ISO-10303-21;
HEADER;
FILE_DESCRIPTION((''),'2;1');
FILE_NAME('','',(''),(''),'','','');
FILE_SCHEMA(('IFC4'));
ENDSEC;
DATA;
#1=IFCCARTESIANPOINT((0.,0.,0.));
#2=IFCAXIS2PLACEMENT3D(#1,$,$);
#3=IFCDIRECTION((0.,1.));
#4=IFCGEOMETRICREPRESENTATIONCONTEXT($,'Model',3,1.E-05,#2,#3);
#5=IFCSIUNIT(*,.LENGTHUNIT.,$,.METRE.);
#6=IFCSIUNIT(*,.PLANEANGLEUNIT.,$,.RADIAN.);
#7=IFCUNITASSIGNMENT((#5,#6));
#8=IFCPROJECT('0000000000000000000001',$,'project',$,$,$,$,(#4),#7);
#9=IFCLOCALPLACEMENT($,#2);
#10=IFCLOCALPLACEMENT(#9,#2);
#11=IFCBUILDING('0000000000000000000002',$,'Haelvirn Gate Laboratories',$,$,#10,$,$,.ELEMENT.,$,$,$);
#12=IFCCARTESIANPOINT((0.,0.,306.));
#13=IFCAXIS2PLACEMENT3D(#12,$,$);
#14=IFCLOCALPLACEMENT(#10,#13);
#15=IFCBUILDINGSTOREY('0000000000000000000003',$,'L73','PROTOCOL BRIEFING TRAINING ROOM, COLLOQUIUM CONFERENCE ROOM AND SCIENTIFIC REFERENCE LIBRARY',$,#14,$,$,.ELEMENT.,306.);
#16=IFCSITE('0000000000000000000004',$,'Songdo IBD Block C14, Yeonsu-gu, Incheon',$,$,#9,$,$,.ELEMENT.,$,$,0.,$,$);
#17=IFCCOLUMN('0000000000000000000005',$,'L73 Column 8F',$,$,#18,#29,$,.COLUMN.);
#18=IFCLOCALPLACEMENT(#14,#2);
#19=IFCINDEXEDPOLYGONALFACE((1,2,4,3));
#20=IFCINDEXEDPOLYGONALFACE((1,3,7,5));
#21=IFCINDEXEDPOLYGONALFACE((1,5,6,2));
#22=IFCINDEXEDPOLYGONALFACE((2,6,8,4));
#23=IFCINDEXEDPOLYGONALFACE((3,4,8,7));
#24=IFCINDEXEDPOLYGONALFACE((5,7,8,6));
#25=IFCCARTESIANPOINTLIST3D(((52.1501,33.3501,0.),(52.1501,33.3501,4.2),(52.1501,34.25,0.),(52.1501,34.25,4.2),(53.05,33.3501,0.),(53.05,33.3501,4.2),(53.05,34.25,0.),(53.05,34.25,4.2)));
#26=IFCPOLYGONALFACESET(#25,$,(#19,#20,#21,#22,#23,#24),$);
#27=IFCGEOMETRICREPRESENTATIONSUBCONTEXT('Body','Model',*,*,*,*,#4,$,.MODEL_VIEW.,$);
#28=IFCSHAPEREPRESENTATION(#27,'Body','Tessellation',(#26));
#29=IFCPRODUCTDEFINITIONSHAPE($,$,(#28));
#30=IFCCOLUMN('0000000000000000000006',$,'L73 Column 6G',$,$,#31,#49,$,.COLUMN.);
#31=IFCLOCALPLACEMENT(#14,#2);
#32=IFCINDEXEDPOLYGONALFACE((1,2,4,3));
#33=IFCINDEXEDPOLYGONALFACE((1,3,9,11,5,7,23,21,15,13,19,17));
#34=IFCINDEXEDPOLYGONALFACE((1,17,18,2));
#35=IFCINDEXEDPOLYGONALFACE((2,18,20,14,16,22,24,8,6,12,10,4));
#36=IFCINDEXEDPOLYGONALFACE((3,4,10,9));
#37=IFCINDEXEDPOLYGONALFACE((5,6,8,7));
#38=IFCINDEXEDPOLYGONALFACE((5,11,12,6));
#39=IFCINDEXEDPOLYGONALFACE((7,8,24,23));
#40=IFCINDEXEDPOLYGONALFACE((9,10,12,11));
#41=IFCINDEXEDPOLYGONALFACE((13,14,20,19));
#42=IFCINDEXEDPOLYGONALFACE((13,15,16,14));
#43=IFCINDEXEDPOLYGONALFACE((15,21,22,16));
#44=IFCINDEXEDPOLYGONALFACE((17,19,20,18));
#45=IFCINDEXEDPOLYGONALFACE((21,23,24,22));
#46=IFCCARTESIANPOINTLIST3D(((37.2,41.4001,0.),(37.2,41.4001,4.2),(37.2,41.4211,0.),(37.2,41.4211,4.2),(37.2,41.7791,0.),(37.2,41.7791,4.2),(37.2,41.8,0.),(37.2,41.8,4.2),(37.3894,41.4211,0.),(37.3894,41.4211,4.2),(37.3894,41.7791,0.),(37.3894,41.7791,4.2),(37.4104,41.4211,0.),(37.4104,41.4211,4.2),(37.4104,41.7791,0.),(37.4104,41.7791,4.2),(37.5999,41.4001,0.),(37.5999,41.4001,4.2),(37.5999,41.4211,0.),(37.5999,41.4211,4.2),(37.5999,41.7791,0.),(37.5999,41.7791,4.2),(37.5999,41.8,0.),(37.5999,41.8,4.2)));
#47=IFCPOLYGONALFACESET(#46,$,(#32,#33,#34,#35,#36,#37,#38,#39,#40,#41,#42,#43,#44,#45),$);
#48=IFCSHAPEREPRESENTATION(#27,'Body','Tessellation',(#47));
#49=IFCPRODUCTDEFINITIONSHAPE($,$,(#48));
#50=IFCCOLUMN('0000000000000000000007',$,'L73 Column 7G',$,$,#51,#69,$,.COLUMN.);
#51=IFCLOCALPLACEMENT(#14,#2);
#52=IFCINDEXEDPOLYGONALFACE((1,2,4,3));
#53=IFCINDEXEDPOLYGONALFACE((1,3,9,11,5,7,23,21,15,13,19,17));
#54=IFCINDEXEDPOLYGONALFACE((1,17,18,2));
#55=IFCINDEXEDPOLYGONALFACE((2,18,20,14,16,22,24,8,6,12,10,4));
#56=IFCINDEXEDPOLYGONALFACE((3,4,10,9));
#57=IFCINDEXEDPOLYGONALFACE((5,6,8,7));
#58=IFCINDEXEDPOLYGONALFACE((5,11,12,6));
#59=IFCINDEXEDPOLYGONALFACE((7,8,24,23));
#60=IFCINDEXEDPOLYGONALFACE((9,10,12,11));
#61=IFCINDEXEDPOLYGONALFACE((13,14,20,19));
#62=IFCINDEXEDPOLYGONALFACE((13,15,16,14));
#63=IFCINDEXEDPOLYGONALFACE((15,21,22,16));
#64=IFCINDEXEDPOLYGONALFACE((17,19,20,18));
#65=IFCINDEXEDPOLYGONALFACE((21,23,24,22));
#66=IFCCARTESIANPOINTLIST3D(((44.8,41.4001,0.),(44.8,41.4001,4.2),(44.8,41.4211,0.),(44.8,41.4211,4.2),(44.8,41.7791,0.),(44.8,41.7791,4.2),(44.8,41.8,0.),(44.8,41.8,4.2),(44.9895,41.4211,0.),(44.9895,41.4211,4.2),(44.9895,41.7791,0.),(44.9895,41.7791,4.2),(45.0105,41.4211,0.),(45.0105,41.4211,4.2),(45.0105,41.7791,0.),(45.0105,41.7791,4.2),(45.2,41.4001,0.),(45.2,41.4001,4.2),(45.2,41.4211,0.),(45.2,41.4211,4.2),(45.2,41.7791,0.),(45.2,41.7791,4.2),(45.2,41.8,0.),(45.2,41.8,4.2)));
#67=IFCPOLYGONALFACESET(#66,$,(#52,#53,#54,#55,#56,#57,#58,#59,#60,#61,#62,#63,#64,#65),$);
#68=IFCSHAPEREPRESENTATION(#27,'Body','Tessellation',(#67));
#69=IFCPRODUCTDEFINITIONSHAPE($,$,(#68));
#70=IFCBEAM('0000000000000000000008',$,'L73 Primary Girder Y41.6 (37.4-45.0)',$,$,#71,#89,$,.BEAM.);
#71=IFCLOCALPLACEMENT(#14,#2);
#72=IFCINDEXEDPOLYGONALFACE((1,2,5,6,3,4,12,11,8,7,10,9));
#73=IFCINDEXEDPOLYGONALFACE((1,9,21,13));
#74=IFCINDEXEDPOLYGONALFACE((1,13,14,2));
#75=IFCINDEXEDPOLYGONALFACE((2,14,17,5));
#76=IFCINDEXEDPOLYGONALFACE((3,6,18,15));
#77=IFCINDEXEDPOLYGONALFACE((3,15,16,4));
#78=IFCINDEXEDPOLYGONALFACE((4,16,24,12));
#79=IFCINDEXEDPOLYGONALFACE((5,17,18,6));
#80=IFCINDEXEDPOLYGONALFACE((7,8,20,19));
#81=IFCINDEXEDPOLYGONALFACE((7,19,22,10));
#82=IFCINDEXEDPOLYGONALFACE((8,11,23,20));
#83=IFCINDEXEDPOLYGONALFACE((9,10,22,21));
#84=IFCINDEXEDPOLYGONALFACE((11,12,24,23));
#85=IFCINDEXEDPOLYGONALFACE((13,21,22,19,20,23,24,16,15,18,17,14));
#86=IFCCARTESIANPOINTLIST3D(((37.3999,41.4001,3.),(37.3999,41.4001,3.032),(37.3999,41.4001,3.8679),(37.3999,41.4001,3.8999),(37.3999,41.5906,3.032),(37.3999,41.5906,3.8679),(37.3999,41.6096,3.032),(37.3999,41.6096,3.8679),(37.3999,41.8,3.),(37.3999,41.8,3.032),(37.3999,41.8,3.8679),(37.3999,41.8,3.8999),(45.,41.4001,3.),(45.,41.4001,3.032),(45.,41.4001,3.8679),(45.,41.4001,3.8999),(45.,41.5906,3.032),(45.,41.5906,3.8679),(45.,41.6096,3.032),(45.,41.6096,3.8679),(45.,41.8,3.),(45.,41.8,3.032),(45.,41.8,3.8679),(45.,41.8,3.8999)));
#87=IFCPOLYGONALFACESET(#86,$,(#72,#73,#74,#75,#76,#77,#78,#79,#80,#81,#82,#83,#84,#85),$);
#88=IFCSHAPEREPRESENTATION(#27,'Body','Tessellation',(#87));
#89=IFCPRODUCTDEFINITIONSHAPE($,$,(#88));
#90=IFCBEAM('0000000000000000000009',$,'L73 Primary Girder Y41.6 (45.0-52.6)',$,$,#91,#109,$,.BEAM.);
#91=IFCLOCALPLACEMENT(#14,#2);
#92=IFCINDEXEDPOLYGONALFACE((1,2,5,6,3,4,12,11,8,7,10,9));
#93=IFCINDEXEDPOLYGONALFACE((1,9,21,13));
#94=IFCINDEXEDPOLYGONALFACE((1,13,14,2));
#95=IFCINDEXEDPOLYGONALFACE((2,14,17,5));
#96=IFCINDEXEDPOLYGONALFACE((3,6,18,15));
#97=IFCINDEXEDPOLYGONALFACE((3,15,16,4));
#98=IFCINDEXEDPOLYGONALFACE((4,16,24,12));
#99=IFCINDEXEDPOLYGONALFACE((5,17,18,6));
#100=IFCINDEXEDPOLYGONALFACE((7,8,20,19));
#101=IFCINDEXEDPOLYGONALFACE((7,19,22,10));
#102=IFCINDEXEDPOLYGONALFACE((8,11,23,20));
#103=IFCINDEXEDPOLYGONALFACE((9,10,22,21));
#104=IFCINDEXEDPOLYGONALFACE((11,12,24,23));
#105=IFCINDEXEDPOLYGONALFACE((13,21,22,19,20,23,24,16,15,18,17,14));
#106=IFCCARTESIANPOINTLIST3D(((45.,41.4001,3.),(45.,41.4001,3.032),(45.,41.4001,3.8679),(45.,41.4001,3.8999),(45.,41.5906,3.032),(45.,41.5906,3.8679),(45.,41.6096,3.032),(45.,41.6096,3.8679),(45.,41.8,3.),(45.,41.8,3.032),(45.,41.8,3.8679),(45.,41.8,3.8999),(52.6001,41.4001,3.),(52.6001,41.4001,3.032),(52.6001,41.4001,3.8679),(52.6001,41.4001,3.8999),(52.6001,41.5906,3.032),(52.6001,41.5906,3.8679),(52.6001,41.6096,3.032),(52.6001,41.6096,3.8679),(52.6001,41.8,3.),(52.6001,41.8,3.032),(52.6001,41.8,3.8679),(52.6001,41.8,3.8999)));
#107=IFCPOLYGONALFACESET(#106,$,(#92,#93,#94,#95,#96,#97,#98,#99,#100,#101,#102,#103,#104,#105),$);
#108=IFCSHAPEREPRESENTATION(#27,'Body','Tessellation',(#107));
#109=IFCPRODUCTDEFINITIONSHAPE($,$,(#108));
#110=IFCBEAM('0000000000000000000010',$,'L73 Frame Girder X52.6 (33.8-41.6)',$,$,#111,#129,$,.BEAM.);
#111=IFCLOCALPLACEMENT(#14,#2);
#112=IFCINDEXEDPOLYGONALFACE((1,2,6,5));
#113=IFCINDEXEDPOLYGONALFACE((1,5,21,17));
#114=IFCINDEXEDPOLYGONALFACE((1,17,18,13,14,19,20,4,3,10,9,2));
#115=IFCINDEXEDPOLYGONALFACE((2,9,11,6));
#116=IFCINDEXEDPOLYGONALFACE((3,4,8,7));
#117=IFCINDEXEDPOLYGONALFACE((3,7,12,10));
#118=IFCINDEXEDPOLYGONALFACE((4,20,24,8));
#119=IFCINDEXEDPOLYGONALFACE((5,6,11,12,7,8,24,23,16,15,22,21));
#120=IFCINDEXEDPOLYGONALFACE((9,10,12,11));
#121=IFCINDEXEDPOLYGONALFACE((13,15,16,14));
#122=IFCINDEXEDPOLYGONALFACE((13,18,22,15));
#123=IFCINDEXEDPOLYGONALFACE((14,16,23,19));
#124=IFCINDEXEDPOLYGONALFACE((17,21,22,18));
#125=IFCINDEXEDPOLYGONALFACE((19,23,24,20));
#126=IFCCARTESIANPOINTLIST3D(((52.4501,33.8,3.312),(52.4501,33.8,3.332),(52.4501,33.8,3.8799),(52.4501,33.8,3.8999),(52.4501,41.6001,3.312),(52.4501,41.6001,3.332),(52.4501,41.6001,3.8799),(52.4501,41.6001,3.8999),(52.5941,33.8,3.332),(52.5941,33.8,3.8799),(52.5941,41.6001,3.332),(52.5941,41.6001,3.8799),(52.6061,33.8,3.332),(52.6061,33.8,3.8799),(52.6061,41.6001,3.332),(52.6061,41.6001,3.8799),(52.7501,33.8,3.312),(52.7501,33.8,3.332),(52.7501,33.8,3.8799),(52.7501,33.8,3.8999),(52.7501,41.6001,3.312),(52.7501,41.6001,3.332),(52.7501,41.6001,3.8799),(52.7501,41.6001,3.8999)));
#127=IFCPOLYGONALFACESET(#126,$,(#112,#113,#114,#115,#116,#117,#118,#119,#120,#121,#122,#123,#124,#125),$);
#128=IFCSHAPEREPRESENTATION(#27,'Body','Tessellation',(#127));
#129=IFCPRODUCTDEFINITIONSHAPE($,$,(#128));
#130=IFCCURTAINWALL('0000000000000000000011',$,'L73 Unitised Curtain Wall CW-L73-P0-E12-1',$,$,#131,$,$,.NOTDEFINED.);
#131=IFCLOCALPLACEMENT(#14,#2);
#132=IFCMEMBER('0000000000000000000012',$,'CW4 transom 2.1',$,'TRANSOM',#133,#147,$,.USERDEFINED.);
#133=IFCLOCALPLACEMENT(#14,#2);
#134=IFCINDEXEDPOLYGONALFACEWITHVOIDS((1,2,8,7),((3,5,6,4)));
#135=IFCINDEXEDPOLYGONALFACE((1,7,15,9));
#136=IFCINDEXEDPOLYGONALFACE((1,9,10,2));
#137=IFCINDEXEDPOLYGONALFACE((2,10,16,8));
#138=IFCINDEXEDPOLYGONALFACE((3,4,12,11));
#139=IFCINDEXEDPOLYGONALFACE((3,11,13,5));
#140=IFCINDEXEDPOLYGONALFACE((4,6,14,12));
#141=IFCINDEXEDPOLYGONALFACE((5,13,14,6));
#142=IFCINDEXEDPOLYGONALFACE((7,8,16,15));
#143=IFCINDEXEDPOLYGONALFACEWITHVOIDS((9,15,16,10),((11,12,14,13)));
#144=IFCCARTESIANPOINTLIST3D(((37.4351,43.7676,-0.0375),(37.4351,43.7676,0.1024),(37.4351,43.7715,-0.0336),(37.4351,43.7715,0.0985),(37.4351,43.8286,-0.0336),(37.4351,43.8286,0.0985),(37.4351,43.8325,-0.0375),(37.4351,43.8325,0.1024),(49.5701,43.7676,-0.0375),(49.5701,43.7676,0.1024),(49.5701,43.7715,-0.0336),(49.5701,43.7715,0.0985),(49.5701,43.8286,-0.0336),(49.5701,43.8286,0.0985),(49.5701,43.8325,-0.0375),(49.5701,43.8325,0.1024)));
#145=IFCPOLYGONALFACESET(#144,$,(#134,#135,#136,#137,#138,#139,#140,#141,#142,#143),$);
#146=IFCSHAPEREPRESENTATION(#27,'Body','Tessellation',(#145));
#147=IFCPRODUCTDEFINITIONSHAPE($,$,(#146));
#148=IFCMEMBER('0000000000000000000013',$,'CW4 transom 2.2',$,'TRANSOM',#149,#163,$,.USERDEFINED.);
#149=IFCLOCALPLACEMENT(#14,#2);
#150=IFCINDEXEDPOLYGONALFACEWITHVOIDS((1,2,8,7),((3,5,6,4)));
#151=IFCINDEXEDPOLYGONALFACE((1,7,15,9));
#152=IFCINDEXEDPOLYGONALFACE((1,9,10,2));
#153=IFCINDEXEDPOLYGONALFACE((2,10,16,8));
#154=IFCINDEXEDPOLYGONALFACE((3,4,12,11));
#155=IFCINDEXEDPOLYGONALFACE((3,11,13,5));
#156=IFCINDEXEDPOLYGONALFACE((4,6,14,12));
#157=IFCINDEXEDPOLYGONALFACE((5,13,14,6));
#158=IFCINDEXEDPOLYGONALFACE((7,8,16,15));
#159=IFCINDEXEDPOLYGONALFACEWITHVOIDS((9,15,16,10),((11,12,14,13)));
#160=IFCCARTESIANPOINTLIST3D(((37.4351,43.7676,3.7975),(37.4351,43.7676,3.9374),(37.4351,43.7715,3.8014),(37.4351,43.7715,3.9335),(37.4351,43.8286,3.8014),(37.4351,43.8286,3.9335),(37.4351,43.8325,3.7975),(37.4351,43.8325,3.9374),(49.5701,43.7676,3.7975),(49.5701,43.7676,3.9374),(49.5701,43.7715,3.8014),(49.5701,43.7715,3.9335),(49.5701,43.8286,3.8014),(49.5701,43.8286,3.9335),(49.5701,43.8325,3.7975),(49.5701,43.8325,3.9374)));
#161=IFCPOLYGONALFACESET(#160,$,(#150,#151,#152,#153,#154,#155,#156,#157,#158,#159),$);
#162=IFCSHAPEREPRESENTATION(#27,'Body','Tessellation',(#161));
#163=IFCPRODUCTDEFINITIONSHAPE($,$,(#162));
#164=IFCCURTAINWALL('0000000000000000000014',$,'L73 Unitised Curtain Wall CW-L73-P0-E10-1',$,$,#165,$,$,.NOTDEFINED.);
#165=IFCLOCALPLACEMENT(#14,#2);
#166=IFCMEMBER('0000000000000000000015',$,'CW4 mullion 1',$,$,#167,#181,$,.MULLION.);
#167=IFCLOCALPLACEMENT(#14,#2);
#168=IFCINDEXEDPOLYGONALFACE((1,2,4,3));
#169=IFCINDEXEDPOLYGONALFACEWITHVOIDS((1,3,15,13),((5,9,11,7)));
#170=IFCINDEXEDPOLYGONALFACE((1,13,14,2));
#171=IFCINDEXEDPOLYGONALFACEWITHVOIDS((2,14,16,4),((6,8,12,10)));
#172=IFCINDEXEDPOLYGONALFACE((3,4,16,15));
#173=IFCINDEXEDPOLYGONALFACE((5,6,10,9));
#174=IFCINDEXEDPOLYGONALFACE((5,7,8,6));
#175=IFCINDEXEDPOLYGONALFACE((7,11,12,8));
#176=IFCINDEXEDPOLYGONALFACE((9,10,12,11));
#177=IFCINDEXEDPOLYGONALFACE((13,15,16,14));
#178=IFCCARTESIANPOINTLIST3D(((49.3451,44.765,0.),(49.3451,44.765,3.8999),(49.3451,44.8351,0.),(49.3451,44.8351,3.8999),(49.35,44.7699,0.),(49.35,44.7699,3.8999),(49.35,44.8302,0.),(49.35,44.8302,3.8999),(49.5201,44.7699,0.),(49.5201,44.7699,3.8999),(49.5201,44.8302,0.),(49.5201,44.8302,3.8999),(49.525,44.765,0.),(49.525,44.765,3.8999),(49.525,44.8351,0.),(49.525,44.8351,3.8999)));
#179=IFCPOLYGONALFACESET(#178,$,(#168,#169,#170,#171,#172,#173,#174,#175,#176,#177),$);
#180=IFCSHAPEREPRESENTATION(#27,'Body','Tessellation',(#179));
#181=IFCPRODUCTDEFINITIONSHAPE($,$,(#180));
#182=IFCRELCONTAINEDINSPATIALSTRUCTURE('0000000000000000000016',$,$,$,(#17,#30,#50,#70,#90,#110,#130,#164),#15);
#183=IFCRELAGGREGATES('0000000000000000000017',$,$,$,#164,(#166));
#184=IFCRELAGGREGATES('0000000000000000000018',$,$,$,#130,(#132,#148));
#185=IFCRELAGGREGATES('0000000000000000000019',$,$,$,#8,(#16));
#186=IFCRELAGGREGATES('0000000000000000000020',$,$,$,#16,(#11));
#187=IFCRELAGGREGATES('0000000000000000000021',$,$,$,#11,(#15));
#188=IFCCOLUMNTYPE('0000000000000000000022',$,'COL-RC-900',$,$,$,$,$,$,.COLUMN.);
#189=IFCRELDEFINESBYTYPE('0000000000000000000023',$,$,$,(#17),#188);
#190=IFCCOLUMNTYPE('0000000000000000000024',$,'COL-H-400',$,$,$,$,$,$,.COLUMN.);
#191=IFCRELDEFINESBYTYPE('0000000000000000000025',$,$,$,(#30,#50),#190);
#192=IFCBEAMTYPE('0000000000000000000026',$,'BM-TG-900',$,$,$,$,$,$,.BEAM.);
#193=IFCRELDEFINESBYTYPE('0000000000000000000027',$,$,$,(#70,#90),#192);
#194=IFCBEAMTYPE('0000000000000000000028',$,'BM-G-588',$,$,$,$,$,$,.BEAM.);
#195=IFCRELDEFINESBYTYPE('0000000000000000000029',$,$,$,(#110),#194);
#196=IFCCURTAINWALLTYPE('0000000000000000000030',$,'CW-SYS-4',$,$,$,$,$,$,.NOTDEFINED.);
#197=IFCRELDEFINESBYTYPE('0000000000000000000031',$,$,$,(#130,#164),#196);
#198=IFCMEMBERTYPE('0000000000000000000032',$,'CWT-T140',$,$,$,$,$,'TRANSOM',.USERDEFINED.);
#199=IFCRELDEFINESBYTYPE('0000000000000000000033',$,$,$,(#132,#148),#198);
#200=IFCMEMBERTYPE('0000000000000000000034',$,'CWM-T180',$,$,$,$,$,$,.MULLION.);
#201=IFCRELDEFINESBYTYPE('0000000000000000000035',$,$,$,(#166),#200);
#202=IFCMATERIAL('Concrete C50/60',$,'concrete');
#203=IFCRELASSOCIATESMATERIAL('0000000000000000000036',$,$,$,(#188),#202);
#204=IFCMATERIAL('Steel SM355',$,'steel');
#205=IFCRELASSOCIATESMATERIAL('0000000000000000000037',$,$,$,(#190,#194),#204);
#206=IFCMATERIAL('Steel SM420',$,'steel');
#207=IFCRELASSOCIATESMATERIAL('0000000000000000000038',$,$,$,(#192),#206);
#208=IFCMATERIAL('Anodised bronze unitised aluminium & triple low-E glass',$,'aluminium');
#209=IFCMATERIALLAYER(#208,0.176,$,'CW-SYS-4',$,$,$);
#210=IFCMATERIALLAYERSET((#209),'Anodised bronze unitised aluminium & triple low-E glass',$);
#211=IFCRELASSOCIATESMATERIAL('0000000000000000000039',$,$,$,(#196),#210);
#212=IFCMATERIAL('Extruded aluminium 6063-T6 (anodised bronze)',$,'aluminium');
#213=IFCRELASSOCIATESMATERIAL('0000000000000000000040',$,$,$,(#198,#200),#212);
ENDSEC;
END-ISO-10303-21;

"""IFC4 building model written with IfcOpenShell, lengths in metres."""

from ifc_helpers import new_model, si_unit, direction, frame, origin, origin_2d, place, context, subcontext, project, spatial, rectangle, hollow_rectangle, i_section, extrude, source, transform, mapped, material, layer, layer_set, material_profile, profile_set, type_object, type_shapes, element, aggregate, save


model = new_model("IFC4")

# Units and contexts
model_context = context("Model", 3, precision=1e-05, world=origin(), true_north=direction((0.0, 1.0)))
body_context = subcontext(model_context, "Body", "Model", "MODEL_VIEW")
ifc_project = project(units=[si_unit("LENGTHUNIT", "METRE"), si_unit("PLANEANGLEUNIT", "RADIAN")], contexts=[model_context])

# Site, building, storey
site_placement = place(None, origin())
site = spatial("IfcSite", under=ifc_project, at=site_placement, Name="Songdo IBD Block C14, Yeonsu-gu, Incheon", CompositionType="ELEMENT", RefElevation=0.0)
building_placement = place(site_placement, origin())
building = spatial("IfcBuilding", under=site, at=building_placement, Name="Haelvirn Gate Laboratories", CompositionType="ELEMENT")
storey_placement = place(building_placement, frame((0.0, 0.0, 306.0)))
storey = spatial("IfcBuildingStorey", under=building, at=storey_placement, Name="L73", Description="PROTOCOL BRIEFING TRAINING ROOM, COLLOQUIUM CONFERENCE ROOM AND SCIENTIFIC REFERENCE LIBRARY", CompositionType="ELEMENT", Elevation=306.0)

# Columns
ifc_material_1 = material(Name="Concrete C50/60", Category="concrete")
ifc_material_profile_1 = material_profile(ifc_material_1, rectangle(XDim=0.8999, YDim=0.8999, at=origin_2d()), Name="RC-900x900")
ifc_profile_set_1 = profile_set([ifc_material_profile_1], Name="Concrete C50/60")
column_type_1 = type_object("IfcColumnType", Name="COL-RC-900", PredefinedType="COLUMN", material=ifc_profile_set_1)
shared_shape_1 = source(origin(), body_context, "Body", "SweptSolid", [
    extrude(rectangle(XDim=0.8999, YDim=0.8999, at=origin_2d()), origin(), (0.0, 0.0, 1.0), 4.2),
])
type_shapes(column_type_1, [shared_shape_1])
column_placement = place(storey_placement, frame((52.6001, 33.8, 0.0), z_axis=(0.0, 0.0, 1.0), x_axis=(1.0, 0.0, 0.0)))
element("IfcColumn", 1, at=column_placement, inside=storey, type_object=column_type_1, Name="L73 Column 8F", PredefinedType="COLUMN", context=body_context, shape_type="MappedRepresentation", body=[
    mapped(shared_shape_1, transform((0.0, 0.0, 0.0), scale=1.0)),
])
ifc_material_2 = material(Name="Steel SM355", Category="steel")
ifc_material_profile_2 = material_profile(ifc_material_2, i_section(OverallWidth=0.3999, OverallDepth=0.3999, WebThickness=0.021, FlangeThickness=0.021, at=origin_2d()), Name="H-400x400x21x21")
ifc_profile_set_2 = profile_set([ifc_material_profile_2], Name="Steel SM355")
column_type_2 = type_object("IfcColumnType", Name="COL-H-400", PredefinedType="COLUMN", material=ifc_profile_set_2)
shared_shape_2 = source(origin(), body_context, "Body", "SweptSolid", [
    extrude(i_section(OverallWidth=0.3999, OverallDepth=0.3999, WebThickness=0.021, FlangeThickness=0.021, at=origin_2d()), origin(), (0.0, 0.0, 1.0), 4.2),
])
type_shapes(column_type_2, [shared_shape_2])
for number, where, z_axis, x_axis, name in (
    (2, (37.3999, 41.6001, 0.0), (0.0, 0.0, 1.0), (1.0, 0.0, 0.0), "L73 Column 6G"),
    (3, (45.0, 41.6001, 0.0), (0.0, 0.0, 1.0), (1.0, 0.0, 0.0), "L73 Column 7G"),
):
    element("IfcColumn", number, at=place(storey_placement, frame(where, z_axis=z_axis, x_axis=x_axis)), inside=storey, type_object=column_type_2, Name=name, PredefinedType="COLUMN", context=body_context, shape_type="MappedRepresentation", body=[
        mapped(shared_shape_2, transform((0.0, 0.0, 0.0), scale=1.0)),
    ])

# Beams
ifc_material_3 = material(Name="Steel SM420", Category="steel")
ifc_material_profile_3 = material_profile(ifc_material_3, i_section(OverallWidth=0.3999, OverallDepth=0.8999, WebThickness=0.019, FlangeThickness=0.032, at=origin_2d()), Name="H-900x400x19x32")
ifc_profile_set_3 = profile_set([ifc_material_profile_3], Name="Steel SM420")
beam_type_1 = type_object("IfcBeamType", Name="BM-TG-900", PredefinedType="BEAM", material=ifc_profile_set_3)
shared_shape_3 = source(origin(), body_context, "Body", "SweptSolid", [
    extrude(i_section(OverallWidth=0.3999, OverallDepth=0.8999, WebThickness=0.019, FlangeThickness=0.032, at=origin_2d()), origin(), (0.0, 0.0, 1.0), 7.6001),
])
type_shapes(beam_type_1, [shared_shape_3])
for number, where, z_axis, x_axis, name in (
    (4, (37.3999, 41.6001, 3.45), (1.0, 0.0, 0.0), (0.0, 1.0, 0.0), "L73 Primary Girder Y41.6 (37.4-45.0)"),
    (5, (45.0, 41.6001, 3.45), (1.0, 0.0, 0.0), (0.0, 1.0, 0.0), "L73 Primary Girder Y41.6 (45.0-52.6)"),
):
    element("IfcBeam", number, at=place(storey_placement, frame(where, z_axis=z_axis, x_axis=x_axis)), inside=storey, type_object=beam_type_1, Name=name, PredefinedType="BEAM", context=body_context, shape_type="MappedRepresentation", body=[
        mapped(shared_shape_3, transform((0.0, 0.0, 0.0), scale=1.0)),
    ])
ifc_material_profile_4 = material_profile(ifc_material_2, i_section(OverallWidth=0.3, OverallDepth=0.5879, WebThickness=0.012, FlangeThickness=0.02, at=origin_2d()), Name="H-588x300x12x20")
ifc_profile_set_4 = profile_set([ifc_material_profile_4], Name="Steel SM355")
beam_type_2 = type_object("IfcBeamType", Name="BM-G-588", PredefinedType="BEAM", material=ifc_profile_set_4)
shared_shape_4 = source(origin(), body_context, "Body", "SweptSolid", [
    extrude(i_section(OverallWidth=0.3, OverallDepth=0.5879, WebThickness=0.012, FlangeThickness=0.02, at=origin_2d()), origin(), (0.0, 0.0, 1.0), 7.8),
])
type_shapes(beam_type_2, [shared_shape_4])
beam_placement = place(storey_placement, frame((52.6001, 33.8, 3.606), z_axis=(0.0, 1.0, 0.0), x_axis=(-1.0, 0.0, 0.0)))
element("IfcBeam", 6, at=beam_placement, inside=storey, type_object=beam_type_2, Name="L73 Frame Girder X52.6 (33.8-41.6)", PredefinedType="BEAM", context=body_context, shape_type="MappedRepresentation", body=[
    mapped(shared_shape_4, transform((0.0, 0.0, 0.0), scale=1.0)),
])

# Curtain wall, members
ifc_material_4 = material(Name="Anodised bronze unitised aluminium & triple low-E glass", Category="aluminium")
ifc_layer_1 = layer(ifc_material_4, 0.176, Name="CW-SYS-4")
ifc_layer_set_1 = layer_set([ifc_layer_1], Name="Anodised bronze unitised aluminium & triple low-E glass")
curtain_wall_type = type_object("IfcCurtainWallType", Name="CW-SYS-4", PredefinedType="NOTDEFINED", material=ifc_layer_set_1)
curtain_wall_1_placement = place(storey_placement, origin())
curtain_wall_1 = element("IfcCurtainWall", 7, at=curtain_wall_1_placement, inside=storey, type_object=curtain_wall_type, Name="L73 Unitised Curtain Wall CW-L73-P0-E12-1", PredefinedType="NOTDEFINED")
ifc_material_5 = material(Name="Extruded aluminium 6063-T6 (anodised bronze)", Category="aluminium")
ifc_material_profile_5 = material_profile(ifc_material_5, hollow_rectangle(XDim=0.0649, YDim=0.1399, WallThickness=0.0039, at=origin_2d()), Name="CWT-140x65x4")
ifc_profile_set_5 = profile_set([ifc_material_profile_5], Name="Extruded aluminium 6063-T6 (anodised bronze)")
member_type_1 = type_object("IfcMemberType", Name="CWT-T140", ElementType="TRANSOM", PredefinedType="USERDEFINED", material=ifc_profile_set_5)
shared_shape_5 = source(origin(), body_context, "Body", "SweptSolid", [
    extrude(hollow_rectangle(XDim=0.0649, YDim=0.1399, WallThickness=0.0039, at=origin_2d()), origin(), (0.0, 0.0, 1.0), 12.135),
])
member_1_placement = place(storey_placement, frame((37.4351, 43.8, 0.0325), z_axis=(1.0, 0.0, 0.0), x_axis=(0.0, 1.0, 0.0)))
member_1 = element("IfcMember", 8, at=member_1_placement, type_object=member_type_1, Name="CW4 transom 2.1", ObjectType="TRANSOM", PredefinedType="USERDEFINED", context=body_context, shape_type="MappedRepresentation", body=[
    mapped(shared_shape_5, transform((0.0, 0.0, 0.0), scale=1.0)),
])
member_2_placement = place(storey_placement, frame((37.4351, 43.8, 3.8674), z_axis=(1.0, 0.0, 0.0), x_axis=(0.0, 1.0, 0.0)))
member_2 = element("IfcMember", 9, at=member_2_placement, type_object=member_type_1, Name="CW4 transom 2.2", ObjectType="TRANSOM", PredefinedType="USERDEFINED", context=body_context, shape_type="MappedRepresentation", body=[
    mapped(shared_shape_5, transform((0.0, 0.0, 0.0), scale=1.0)),
])

# Curtain wall, member
curtain_wall_2_placement = place(storey_placement, origin())
curtain_wall_2 = element("IfcCurtainWall", 10, at=curtain_wall_2_placement, inside=storey, type_object=curtain_wall_type, Name="L73 Unitised Curtain Wall CW-L73-P0-E10-1", PredefinedType="NOTDEFINED")
ifc_material_profile_6 = material_profile(ifc_material_5, hollow_rectangle(XDim=0.0701, YDim=0.1799, WallThickness=0.0049, at=origin_2d()), Name="CWM-180x70x5")
ifc_profile_set_6 = profile_set([ifc_material_profile_6], Name="Extruded aluminium 6063-T6 (anodised bronze)")
member_type_2 = type_object("IfcMemberType", Name="CWM-T180", PredefinedType="MULLION", material=ifc_profile_set_6)
shared_shape_6 = source(origin(), body_context, "Body", "SweptSolid", [
    extrude(hollow_rectangle(XDim=0.0701, YDim=0.1799, WallThickness=0.0049, at=origin_2d()), origin(), (0.0, 0.0, 1.0), 3.8999),
])
type_shapes(member_type_2, [shared_shape_6])
member_3_placement = place(storey_placement, frame((49.4351, 44.8, 0.0), z_axis=(0.0, 0.0, 1.0), x_axis=(0.0, 1.0, 0.0)))
member_3 = element("IfcMember", 11, at=member_3_placement, type_object=member_type_2, Name="CW4 mullion 1", PredefinedType="MULLION", context=body_context, shape_type="MappedRepresentation", body=[
    mapped(shared_shape_6, transform((0.0, 0.0, 0.0), scale=1.0)),
])

aggregate(curtain_wall_2, [member_3])

aggregate(curtain_wall_1, [member_1, member_2])

save(model, "model.ifc")
